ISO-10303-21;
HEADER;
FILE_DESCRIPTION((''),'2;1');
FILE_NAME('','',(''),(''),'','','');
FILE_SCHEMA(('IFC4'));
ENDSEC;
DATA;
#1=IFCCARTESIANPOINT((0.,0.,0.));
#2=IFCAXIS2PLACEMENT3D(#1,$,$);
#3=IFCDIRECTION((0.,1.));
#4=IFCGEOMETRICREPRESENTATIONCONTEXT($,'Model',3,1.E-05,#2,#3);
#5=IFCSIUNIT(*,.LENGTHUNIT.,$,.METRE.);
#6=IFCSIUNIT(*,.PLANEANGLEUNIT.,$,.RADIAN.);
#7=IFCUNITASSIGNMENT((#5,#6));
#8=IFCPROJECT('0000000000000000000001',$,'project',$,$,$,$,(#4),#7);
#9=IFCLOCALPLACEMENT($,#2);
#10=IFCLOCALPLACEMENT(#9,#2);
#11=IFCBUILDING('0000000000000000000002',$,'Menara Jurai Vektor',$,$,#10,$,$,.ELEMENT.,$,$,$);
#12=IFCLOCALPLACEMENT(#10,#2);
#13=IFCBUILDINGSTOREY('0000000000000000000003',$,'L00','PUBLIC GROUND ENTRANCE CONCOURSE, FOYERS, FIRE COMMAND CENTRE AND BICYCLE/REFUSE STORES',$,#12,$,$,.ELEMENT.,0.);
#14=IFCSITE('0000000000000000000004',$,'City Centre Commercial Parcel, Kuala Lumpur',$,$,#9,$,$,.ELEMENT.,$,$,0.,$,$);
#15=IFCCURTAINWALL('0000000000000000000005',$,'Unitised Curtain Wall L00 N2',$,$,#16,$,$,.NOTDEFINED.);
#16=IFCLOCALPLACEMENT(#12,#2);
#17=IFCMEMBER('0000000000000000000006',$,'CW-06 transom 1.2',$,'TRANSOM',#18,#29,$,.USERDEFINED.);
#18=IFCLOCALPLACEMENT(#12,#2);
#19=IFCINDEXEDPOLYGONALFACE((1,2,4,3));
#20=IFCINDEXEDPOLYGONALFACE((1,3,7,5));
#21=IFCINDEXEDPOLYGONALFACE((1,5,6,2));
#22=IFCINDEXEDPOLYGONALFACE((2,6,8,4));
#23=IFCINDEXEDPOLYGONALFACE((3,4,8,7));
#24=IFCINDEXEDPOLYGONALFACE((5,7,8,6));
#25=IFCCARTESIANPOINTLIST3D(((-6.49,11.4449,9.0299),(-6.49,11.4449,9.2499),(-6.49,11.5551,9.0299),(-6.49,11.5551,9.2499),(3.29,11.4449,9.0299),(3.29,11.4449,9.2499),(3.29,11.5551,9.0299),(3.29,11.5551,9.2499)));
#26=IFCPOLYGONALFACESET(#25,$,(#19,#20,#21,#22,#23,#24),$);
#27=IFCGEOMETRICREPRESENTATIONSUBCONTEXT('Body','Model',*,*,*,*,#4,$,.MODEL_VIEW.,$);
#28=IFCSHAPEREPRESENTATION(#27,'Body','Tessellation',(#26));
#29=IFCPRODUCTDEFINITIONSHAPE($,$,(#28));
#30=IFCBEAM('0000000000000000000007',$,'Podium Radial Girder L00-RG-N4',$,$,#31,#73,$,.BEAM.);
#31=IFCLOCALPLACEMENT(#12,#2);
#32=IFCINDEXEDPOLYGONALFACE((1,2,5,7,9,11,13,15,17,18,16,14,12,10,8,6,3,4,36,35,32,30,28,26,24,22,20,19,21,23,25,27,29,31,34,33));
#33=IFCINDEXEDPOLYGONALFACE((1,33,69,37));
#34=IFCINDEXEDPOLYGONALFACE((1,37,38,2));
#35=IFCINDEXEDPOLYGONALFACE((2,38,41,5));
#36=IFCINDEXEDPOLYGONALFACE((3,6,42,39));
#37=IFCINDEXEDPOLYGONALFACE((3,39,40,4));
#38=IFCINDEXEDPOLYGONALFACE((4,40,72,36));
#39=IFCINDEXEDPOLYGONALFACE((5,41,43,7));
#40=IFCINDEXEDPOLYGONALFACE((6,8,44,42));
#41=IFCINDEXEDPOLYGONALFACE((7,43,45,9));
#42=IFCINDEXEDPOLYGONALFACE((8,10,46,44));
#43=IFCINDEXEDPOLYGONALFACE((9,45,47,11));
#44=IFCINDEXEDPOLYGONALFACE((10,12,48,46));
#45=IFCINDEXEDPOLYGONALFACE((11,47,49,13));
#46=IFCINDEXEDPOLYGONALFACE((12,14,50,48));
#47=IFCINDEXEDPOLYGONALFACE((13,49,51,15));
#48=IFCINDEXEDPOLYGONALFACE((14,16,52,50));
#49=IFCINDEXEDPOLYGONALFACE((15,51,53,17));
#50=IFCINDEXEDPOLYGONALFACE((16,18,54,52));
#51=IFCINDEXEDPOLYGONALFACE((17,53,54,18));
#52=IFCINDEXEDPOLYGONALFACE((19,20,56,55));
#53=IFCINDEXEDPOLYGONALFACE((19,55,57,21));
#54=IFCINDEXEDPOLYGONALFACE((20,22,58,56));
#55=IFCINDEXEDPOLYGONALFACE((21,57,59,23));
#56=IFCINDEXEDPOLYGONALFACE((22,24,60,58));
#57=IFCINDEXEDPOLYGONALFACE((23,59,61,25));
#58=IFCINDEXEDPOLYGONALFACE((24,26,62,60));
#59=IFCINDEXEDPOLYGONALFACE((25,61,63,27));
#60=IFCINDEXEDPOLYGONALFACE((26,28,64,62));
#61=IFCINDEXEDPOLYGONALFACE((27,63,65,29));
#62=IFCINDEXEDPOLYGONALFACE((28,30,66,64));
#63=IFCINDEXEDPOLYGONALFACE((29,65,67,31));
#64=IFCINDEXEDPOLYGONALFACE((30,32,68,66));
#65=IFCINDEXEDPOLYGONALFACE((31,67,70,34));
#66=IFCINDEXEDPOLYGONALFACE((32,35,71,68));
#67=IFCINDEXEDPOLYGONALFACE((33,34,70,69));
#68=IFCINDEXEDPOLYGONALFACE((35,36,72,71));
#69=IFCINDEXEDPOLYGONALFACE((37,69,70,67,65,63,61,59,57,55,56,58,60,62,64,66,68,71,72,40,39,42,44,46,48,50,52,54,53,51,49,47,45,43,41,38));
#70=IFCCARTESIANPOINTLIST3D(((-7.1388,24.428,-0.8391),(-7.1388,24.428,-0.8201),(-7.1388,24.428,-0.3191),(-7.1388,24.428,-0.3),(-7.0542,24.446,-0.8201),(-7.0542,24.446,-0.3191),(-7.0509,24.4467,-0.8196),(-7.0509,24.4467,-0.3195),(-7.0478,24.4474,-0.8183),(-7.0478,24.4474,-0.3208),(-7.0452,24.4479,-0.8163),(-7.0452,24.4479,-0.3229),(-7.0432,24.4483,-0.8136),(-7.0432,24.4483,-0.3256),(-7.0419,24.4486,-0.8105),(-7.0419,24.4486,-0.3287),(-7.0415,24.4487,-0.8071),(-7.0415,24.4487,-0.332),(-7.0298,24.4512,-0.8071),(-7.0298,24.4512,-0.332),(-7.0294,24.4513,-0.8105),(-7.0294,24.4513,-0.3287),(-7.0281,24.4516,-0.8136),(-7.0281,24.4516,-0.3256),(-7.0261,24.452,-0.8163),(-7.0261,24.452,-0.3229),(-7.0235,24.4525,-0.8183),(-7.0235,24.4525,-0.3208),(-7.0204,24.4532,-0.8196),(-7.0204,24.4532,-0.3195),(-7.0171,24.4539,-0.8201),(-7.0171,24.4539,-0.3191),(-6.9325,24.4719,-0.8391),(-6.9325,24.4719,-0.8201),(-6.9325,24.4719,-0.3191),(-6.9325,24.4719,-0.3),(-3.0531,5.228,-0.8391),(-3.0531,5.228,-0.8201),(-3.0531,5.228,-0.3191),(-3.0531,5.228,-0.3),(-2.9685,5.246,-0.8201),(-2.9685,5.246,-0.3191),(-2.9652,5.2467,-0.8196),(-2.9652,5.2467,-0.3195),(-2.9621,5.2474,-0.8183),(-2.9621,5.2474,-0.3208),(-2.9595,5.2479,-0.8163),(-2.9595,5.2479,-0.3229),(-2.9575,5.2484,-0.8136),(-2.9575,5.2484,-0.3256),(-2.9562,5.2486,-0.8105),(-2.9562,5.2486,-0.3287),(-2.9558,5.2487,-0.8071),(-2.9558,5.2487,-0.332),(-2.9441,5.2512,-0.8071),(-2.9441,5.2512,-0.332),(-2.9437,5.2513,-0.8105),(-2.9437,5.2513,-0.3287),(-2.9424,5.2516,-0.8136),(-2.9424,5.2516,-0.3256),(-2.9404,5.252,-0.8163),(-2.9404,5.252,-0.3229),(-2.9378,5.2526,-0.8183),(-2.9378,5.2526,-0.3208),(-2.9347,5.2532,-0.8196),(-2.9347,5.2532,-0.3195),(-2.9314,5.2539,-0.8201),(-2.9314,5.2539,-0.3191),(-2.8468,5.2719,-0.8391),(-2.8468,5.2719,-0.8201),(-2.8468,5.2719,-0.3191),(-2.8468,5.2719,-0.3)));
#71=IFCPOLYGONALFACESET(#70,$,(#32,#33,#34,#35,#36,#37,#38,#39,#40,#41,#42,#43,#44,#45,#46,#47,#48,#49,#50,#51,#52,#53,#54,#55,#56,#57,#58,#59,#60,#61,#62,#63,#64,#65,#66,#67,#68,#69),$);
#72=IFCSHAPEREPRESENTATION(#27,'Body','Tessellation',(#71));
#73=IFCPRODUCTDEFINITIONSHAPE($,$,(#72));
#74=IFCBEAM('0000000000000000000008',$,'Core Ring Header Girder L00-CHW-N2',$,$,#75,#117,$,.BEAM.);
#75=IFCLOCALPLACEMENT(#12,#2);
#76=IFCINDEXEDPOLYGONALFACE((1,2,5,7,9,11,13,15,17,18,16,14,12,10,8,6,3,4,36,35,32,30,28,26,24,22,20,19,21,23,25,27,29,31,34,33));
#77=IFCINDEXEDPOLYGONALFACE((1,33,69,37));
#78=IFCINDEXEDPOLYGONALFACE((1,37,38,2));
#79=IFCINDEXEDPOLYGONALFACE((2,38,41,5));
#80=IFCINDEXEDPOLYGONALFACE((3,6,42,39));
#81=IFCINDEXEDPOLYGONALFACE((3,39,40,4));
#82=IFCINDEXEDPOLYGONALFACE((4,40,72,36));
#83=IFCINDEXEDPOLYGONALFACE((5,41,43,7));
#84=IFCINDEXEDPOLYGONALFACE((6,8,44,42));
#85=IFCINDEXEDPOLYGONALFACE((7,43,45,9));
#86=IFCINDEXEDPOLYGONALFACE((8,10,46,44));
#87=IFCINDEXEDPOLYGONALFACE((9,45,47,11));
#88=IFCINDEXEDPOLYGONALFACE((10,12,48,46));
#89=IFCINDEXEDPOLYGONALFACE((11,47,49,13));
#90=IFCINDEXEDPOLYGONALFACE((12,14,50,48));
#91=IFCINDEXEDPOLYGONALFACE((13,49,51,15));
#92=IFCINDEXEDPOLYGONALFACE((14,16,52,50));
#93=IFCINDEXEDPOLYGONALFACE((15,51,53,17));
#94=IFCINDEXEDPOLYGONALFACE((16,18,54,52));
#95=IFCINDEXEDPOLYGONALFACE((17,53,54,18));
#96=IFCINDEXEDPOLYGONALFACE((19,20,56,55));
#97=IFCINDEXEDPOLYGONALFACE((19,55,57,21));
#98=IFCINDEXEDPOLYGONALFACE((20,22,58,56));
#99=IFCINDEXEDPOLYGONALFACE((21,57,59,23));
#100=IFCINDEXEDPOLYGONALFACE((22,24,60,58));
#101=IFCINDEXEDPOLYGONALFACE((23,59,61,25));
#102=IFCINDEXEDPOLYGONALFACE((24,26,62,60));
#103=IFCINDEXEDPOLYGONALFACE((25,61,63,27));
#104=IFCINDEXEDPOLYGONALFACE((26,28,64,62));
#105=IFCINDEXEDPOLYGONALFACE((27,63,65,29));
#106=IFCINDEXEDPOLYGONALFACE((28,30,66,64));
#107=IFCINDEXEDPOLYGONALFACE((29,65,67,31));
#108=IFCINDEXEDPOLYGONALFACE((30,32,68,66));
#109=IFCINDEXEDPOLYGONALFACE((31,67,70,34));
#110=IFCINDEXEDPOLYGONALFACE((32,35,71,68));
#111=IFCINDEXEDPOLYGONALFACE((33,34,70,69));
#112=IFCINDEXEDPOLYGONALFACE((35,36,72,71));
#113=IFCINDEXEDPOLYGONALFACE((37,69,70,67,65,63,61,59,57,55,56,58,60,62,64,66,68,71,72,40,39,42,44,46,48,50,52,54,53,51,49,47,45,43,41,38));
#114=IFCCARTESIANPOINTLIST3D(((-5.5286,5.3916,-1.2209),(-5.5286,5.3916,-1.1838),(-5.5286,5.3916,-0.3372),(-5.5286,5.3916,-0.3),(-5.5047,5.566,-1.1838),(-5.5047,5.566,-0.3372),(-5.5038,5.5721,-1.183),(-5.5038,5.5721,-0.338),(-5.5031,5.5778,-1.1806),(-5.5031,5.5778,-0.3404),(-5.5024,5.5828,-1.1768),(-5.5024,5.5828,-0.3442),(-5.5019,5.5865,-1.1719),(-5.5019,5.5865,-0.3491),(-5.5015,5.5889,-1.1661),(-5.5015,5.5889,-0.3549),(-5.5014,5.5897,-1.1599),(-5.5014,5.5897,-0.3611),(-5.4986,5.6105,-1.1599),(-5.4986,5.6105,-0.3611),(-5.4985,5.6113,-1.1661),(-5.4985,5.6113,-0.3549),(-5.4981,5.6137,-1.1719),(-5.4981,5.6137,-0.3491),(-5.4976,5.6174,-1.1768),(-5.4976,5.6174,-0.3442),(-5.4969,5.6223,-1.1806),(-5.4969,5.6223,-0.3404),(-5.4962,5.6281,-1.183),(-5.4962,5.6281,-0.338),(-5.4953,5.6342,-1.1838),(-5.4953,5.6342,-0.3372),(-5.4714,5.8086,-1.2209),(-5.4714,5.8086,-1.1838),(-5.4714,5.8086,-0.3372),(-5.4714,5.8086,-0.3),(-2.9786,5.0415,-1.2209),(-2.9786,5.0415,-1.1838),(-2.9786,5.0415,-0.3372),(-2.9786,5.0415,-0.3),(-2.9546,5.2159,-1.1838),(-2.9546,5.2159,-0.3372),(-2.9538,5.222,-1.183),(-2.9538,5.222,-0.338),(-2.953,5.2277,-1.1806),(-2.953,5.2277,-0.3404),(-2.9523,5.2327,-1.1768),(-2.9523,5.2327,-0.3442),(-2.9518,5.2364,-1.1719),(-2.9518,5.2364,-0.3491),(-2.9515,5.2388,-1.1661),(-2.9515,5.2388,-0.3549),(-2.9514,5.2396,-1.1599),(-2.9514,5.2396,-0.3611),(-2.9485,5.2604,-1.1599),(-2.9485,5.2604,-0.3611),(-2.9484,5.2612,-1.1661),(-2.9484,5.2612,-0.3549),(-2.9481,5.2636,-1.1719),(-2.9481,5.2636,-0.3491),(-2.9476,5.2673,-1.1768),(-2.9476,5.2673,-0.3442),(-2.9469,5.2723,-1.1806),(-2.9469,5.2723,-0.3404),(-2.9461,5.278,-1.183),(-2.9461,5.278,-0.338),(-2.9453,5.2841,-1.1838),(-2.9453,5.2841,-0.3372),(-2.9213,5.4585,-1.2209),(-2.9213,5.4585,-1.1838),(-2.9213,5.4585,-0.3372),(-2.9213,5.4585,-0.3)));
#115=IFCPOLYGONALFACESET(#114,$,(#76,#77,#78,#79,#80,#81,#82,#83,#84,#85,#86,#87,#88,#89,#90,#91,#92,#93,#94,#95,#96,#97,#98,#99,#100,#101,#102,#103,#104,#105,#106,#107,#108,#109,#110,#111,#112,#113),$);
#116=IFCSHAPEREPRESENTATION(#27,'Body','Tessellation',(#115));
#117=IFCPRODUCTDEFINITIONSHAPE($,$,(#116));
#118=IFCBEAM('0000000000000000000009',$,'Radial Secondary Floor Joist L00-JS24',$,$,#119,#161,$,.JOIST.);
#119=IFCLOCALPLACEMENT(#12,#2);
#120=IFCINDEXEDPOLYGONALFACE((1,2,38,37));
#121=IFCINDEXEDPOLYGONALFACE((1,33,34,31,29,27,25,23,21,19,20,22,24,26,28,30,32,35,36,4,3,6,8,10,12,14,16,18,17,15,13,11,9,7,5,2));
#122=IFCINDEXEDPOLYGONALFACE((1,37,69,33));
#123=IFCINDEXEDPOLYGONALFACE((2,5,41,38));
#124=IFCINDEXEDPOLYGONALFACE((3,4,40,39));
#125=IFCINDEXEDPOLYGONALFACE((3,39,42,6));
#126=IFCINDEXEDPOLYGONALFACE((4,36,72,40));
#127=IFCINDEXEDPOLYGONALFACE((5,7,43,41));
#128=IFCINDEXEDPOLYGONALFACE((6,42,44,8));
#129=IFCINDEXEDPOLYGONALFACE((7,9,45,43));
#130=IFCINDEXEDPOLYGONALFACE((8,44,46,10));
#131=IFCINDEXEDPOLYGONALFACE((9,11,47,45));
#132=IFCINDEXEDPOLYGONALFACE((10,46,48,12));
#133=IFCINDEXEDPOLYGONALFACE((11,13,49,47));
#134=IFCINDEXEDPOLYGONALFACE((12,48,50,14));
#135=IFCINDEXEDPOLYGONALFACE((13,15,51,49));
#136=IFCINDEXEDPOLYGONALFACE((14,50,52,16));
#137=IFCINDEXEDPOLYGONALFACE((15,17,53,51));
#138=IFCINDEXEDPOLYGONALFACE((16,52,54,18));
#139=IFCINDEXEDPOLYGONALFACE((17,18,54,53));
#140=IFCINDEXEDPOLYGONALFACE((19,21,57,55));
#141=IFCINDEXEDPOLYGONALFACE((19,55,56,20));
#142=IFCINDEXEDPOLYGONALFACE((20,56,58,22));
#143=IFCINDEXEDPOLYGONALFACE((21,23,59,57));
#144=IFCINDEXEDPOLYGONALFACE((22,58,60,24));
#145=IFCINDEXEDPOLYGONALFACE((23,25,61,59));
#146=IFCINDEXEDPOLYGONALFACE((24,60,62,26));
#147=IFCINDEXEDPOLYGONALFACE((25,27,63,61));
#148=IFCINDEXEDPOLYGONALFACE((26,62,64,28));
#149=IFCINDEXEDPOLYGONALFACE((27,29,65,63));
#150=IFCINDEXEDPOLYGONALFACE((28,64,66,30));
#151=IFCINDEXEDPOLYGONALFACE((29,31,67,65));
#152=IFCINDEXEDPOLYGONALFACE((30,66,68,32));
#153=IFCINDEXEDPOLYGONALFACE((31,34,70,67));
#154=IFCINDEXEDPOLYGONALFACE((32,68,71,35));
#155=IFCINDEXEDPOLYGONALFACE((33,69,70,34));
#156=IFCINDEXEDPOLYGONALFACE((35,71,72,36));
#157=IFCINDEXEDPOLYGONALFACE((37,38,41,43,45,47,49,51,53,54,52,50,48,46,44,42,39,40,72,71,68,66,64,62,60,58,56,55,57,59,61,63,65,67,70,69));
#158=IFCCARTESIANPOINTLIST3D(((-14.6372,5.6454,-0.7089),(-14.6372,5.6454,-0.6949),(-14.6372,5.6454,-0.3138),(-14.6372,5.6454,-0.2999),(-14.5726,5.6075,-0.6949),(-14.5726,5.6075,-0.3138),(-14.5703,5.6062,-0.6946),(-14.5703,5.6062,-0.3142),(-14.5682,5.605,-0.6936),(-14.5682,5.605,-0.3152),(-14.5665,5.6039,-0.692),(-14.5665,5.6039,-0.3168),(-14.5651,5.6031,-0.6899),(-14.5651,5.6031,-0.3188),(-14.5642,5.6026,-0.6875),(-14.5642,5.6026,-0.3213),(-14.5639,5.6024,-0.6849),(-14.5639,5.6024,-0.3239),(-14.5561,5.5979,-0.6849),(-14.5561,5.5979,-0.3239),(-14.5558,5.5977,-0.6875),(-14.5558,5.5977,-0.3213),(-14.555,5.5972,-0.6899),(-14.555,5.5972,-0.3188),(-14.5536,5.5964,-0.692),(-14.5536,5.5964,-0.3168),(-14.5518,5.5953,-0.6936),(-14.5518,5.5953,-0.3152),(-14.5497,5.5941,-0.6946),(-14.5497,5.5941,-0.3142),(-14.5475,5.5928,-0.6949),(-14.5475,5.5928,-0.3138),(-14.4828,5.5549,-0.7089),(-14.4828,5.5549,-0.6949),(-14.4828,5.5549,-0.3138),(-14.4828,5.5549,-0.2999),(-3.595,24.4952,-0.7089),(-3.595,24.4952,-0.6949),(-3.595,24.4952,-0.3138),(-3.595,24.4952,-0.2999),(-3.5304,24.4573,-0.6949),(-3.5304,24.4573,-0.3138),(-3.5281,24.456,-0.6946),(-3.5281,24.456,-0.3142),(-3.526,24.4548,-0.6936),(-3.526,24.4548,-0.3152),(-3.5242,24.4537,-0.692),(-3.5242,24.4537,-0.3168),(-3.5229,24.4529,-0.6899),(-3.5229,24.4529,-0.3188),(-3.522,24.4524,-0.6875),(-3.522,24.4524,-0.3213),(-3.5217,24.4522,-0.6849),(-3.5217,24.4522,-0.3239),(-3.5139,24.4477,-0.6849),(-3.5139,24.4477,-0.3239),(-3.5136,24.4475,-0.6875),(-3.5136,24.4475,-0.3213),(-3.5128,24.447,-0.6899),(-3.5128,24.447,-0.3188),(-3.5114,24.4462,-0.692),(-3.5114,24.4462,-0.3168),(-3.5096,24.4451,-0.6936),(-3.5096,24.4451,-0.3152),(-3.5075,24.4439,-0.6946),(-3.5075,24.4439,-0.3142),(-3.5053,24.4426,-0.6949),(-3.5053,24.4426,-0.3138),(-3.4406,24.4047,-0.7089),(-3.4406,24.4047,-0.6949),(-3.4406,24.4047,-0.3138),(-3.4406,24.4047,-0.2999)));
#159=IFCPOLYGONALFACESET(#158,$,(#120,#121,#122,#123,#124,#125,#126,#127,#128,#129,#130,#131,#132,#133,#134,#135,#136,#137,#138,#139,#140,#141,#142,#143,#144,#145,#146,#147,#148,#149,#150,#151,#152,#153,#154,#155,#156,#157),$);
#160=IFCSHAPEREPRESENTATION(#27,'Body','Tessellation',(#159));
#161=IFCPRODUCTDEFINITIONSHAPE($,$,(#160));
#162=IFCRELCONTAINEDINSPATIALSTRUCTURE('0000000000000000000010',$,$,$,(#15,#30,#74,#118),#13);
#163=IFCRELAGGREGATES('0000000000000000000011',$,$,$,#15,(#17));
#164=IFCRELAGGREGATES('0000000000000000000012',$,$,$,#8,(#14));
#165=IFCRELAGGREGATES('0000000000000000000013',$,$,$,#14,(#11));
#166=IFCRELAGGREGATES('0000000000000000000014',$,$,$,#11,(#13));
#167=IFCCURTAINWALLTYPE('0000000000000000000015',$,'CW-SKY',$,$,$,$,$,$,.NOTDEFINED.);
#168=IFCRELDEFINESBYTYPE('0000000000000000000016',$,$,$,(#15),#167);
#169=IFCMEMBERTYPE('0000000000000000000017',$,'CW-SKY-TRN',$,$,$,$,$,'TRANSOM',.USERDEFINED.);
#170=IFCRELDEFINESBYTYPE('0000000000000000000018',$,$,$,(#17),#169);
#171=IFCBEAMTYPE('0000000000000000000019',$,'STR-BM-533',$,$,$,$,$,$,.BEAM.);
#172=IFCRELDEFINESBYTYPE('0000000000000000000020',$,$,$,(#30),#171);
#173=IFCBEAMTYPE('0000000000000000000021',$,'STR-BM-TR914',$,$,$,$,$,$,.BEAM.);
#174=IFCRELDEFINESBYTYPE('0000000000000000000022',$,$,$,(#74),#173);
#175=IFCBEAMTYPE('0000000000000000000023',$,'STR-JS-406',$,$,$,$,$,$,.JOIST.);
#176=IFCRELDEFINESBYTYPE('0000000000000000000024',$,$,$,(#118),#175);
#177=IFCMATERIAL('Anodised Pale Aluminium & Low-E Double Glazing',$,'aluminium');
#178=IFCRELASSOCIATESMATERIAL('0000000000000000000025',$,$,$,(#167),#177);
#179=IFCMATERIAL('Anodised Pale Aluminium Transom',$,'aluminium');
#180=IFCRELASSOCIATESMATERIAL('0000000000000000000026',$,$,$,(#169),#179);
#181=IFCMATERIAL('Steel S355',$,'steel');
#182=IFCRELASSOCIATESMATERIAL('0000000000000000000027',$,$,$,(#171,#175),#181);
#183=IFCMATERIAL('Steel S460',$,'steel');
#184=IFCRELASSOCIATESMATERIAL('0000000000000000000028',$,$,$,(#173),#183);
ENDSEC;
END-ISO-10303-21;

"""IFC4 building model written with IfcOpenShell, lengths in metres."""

from ifc_helpers import new_model, si_unit, direction, frame, origin, origin_2d, place, context, subcontext, project, spatial, rectangle, i_section, extrude, material, material_profile, profile_set, type_object, element, aggregate, save


model = new_model("IFC4")

# Units and contexts
model_context = context("Model", 3, precision=1e-05, world=origin(), true_north=direction((0.0, 1.0)))
body_context = subcontext(model_context, "Body", "Model", "MODEL_VIEW")
ifc_project = project(units=[si_unit("LENGTHUNIT", "METRE"), si_unit("PLANEANGLEUNIT", "RADIAN")], contexts=[model_context])

# Site, building, storey
site_placement = place(None, origin())
site = spatial("IfcSite", under=ifc_project, at=site_placement, Name="City Centre Commercial Parcel, Kuala Lumpur", CompositionType="ELEMENT", RefElevation=0.0)
building_placement = place(site_placement, origin())
building = spatial("IfcBuilding", under=site, at=building_placement, Name="Menara Jurai Vektor", CompositionType="ELEMENT")
storey_placement = place(building_placement, origin())
storey = spatial("IfcBuildingStorey", under=building, at=storey_placement, Name="L00", Description="PUBLIC GROUND ENTRANCE CONCOURSE, FOYERS, FIRE COMMAND CENTRE AND BICYCLE/REFUSE STORES", CompositionType="ELEMENT", Elevation=0.0)

# Shared definitions
ifc_material_1 = material(Name="Steel S355", Category="steel")
ifc_material_2 = material(Name="Steel S460", Category="steel")

# Curtain wall, member
ifc_material_3 = material(Name="Anodised Pale Aluminium & Low-E Double Glazing", Category="aluminium")
curtain_wall_type = type_object("IfcCurtainWallType", Name="CW-SKY", PredefinedType="NOTDEFINED", material=ifc_material_3)
curtain_wall_placement = place(storey_placement, origin())
curtain_wall = element("IfcCurtainWall", 1, at=curtain_wall_placement, inside=storey, type_object=curtain_wall_type, Name="Unitised Curtain Wall L00 N2", PredefinedType="NOTDEFINED")
ifc_material_4 = material(Name="Anodised Pale Aluminium Transom", Category="aluminium")
ifc_material_profile_1 = material_profile(ifc_material_4, rectangle(XDim=0.1101, YDim=0.22, at=origin_2d()), Name="ALU TRN 110x220")
ifc_profile_set_1 = profile_set([ifc_material_profile_1], Name="Anodised Pale Aluminium Transom")
member_type_1 = type_object("IfcMemberType", Name="CW-SKY-TRN", ElementType="TRANSOM", PredefinedType="USERDEFINED", material=ifc_profile_set_1)
member_1_placement = place(storey_placement, frame((-6.49, 11.5, 9.1399), z_axis=(1.0, 0.0, 0.0), x_axis=(0.0, 1.0, 0.0)))
member_1 = element("IfcMember", 2, at=member_1_placement, type_object=member_type_1, Name="CW-06 transom 1.2", ObjectType="TRANSOM", PredefinedType="USERDEFINED", context=body_context, shape_type="SweptSolid", body=[
    extrude(rectangle(XDim=0.1101, YDim=0.22, at=origin_2d()), origin(), (0.0, 0.0, 1.0), 9.78),
])

# Beams
ifc_material_profile_2 = material_profile(ifc_material_1, i_section(OverallWidth=0.2109, OverallDepth=0.5391, WebThickness=0.012, FlangeThickness=0.019, FilletRadius=0.0129, at=origin_2d()), Name="UKB 533x210x109")
ifc_profile_set_2 = profile_set([ifc_material_profile_2], Name="Steel S355")
beam_type_1 = type_object("IfcBeamType", Name="STR-BM-533", PredefinedType="BEAM", material=ifc_profile_set_2)
beam_1_placement = place(storey_placement, frame((-7.0356, 24.45, -0.5696), z_axis=(0.208137, -0.9781, 0.0), x_axis=(0.9781, 0.208137, 0.0)))
element("IfcBeam", 3, at=beam_1_placement, inside=storey, type_object=beam_type_1, Name="Podium Radial Girder L00-RG-N4", PredefinedType="BEAM", context=body_context, shape_type="SweptSolid", body=[
    extrude(i_section(OverallWidth=0.2109, OverallDepth=0.5391, WebThickness=0.012, FlangeThickness=0.019, FilletRadius=0.0129, at=origin_2d()), origin(), (0.0, 0.0, 1.0), 19.6299),
])
ifc_material_profile_3 = material_profile(ifc_material_2, i_section(OverallWidth=0.4209, OverallDepth=0.9209, WebThickness=0.021, FlangeThickness=0.0371, FilletRadius=0.0239, at=origin_2d()), Name="UKB 914x419x388")
ifc_profile_set_3 = profile_set([ifc_material_profile_3], Name="Steel S460")
beam_type_2 = type_object("IfcBeamType", Name="STR-BM-TR914", PredefinedType="BEAM", material=ifc_profile_set_3)
beam_2_placement = place(storey_placement, frame((-5.5, 5.6001, -0.7605), z_axis=(0.990707, -0.136015, 0.0), x_axis=(0.136015, 0.990707, 0.0)))
element("IfcBeam", 4, at=beam_2_placement, inside=storey, type_object=beam_type_2, Name="Core Ring Header Girder L00-CHW-N2", PredefinedType="BEAM", context=body_context, shape_type="SweptSolid", body=[
    extrude(i_section(OverallWidth=0.4209, OverallDepth=0.9209, WebThickness=0.021, FlangeThickness=0.0371, FilletRadius=0.0239, at=origin_2d()), origin(), (0.0, 0.0, 1.0), 2.574),
])
ifc_material_profile_4 = material_profile(ifc_material_1, i_section(OverallWidth=0.179, OverallDepth=0.4089, WebThickness=0.009, FlangeThickness=0.0139, FilletRadius=0.01, at=origin_2d()), Name="UKB 406x178x67")
ifc_profile_set_4 = profile_set([ifc_material_profile_4], Name="Steel S355")
beam_type_3 = type_object("IfcBeamType", Name="STR-JS-406", PredefinedType="JOIST", material=ifc_profile_set_4)
beam_3_placement = place(storey_placement, frame((-3.5178, 24.45, -0.5044), z_axis=(-0.505458, -0.862851, 0.0), x_axis=(0.862851, -0.505458, 0.0)))
element("IfcBeam", 5, at=beam_3_placement, inside=storey, type_object=beam_type_3, Name="Radial Secondary Floor Joist L00-JS24", PredefinedType="JOIST", context=body_context, shape_type="SweptSolid", body=[
    extrude(i_section(OverallWidth=0.179, OverallDepth=0.4089, WebThickness=0.009, FlangeThickness=0.0139, FilletRadius=0.01, at=origin_2d()), origin(), (0.0, 0.0, 1.0), 21.8459),
])

aggregate(curtain_wall, [member_1])

save(model, "model.ifc")
